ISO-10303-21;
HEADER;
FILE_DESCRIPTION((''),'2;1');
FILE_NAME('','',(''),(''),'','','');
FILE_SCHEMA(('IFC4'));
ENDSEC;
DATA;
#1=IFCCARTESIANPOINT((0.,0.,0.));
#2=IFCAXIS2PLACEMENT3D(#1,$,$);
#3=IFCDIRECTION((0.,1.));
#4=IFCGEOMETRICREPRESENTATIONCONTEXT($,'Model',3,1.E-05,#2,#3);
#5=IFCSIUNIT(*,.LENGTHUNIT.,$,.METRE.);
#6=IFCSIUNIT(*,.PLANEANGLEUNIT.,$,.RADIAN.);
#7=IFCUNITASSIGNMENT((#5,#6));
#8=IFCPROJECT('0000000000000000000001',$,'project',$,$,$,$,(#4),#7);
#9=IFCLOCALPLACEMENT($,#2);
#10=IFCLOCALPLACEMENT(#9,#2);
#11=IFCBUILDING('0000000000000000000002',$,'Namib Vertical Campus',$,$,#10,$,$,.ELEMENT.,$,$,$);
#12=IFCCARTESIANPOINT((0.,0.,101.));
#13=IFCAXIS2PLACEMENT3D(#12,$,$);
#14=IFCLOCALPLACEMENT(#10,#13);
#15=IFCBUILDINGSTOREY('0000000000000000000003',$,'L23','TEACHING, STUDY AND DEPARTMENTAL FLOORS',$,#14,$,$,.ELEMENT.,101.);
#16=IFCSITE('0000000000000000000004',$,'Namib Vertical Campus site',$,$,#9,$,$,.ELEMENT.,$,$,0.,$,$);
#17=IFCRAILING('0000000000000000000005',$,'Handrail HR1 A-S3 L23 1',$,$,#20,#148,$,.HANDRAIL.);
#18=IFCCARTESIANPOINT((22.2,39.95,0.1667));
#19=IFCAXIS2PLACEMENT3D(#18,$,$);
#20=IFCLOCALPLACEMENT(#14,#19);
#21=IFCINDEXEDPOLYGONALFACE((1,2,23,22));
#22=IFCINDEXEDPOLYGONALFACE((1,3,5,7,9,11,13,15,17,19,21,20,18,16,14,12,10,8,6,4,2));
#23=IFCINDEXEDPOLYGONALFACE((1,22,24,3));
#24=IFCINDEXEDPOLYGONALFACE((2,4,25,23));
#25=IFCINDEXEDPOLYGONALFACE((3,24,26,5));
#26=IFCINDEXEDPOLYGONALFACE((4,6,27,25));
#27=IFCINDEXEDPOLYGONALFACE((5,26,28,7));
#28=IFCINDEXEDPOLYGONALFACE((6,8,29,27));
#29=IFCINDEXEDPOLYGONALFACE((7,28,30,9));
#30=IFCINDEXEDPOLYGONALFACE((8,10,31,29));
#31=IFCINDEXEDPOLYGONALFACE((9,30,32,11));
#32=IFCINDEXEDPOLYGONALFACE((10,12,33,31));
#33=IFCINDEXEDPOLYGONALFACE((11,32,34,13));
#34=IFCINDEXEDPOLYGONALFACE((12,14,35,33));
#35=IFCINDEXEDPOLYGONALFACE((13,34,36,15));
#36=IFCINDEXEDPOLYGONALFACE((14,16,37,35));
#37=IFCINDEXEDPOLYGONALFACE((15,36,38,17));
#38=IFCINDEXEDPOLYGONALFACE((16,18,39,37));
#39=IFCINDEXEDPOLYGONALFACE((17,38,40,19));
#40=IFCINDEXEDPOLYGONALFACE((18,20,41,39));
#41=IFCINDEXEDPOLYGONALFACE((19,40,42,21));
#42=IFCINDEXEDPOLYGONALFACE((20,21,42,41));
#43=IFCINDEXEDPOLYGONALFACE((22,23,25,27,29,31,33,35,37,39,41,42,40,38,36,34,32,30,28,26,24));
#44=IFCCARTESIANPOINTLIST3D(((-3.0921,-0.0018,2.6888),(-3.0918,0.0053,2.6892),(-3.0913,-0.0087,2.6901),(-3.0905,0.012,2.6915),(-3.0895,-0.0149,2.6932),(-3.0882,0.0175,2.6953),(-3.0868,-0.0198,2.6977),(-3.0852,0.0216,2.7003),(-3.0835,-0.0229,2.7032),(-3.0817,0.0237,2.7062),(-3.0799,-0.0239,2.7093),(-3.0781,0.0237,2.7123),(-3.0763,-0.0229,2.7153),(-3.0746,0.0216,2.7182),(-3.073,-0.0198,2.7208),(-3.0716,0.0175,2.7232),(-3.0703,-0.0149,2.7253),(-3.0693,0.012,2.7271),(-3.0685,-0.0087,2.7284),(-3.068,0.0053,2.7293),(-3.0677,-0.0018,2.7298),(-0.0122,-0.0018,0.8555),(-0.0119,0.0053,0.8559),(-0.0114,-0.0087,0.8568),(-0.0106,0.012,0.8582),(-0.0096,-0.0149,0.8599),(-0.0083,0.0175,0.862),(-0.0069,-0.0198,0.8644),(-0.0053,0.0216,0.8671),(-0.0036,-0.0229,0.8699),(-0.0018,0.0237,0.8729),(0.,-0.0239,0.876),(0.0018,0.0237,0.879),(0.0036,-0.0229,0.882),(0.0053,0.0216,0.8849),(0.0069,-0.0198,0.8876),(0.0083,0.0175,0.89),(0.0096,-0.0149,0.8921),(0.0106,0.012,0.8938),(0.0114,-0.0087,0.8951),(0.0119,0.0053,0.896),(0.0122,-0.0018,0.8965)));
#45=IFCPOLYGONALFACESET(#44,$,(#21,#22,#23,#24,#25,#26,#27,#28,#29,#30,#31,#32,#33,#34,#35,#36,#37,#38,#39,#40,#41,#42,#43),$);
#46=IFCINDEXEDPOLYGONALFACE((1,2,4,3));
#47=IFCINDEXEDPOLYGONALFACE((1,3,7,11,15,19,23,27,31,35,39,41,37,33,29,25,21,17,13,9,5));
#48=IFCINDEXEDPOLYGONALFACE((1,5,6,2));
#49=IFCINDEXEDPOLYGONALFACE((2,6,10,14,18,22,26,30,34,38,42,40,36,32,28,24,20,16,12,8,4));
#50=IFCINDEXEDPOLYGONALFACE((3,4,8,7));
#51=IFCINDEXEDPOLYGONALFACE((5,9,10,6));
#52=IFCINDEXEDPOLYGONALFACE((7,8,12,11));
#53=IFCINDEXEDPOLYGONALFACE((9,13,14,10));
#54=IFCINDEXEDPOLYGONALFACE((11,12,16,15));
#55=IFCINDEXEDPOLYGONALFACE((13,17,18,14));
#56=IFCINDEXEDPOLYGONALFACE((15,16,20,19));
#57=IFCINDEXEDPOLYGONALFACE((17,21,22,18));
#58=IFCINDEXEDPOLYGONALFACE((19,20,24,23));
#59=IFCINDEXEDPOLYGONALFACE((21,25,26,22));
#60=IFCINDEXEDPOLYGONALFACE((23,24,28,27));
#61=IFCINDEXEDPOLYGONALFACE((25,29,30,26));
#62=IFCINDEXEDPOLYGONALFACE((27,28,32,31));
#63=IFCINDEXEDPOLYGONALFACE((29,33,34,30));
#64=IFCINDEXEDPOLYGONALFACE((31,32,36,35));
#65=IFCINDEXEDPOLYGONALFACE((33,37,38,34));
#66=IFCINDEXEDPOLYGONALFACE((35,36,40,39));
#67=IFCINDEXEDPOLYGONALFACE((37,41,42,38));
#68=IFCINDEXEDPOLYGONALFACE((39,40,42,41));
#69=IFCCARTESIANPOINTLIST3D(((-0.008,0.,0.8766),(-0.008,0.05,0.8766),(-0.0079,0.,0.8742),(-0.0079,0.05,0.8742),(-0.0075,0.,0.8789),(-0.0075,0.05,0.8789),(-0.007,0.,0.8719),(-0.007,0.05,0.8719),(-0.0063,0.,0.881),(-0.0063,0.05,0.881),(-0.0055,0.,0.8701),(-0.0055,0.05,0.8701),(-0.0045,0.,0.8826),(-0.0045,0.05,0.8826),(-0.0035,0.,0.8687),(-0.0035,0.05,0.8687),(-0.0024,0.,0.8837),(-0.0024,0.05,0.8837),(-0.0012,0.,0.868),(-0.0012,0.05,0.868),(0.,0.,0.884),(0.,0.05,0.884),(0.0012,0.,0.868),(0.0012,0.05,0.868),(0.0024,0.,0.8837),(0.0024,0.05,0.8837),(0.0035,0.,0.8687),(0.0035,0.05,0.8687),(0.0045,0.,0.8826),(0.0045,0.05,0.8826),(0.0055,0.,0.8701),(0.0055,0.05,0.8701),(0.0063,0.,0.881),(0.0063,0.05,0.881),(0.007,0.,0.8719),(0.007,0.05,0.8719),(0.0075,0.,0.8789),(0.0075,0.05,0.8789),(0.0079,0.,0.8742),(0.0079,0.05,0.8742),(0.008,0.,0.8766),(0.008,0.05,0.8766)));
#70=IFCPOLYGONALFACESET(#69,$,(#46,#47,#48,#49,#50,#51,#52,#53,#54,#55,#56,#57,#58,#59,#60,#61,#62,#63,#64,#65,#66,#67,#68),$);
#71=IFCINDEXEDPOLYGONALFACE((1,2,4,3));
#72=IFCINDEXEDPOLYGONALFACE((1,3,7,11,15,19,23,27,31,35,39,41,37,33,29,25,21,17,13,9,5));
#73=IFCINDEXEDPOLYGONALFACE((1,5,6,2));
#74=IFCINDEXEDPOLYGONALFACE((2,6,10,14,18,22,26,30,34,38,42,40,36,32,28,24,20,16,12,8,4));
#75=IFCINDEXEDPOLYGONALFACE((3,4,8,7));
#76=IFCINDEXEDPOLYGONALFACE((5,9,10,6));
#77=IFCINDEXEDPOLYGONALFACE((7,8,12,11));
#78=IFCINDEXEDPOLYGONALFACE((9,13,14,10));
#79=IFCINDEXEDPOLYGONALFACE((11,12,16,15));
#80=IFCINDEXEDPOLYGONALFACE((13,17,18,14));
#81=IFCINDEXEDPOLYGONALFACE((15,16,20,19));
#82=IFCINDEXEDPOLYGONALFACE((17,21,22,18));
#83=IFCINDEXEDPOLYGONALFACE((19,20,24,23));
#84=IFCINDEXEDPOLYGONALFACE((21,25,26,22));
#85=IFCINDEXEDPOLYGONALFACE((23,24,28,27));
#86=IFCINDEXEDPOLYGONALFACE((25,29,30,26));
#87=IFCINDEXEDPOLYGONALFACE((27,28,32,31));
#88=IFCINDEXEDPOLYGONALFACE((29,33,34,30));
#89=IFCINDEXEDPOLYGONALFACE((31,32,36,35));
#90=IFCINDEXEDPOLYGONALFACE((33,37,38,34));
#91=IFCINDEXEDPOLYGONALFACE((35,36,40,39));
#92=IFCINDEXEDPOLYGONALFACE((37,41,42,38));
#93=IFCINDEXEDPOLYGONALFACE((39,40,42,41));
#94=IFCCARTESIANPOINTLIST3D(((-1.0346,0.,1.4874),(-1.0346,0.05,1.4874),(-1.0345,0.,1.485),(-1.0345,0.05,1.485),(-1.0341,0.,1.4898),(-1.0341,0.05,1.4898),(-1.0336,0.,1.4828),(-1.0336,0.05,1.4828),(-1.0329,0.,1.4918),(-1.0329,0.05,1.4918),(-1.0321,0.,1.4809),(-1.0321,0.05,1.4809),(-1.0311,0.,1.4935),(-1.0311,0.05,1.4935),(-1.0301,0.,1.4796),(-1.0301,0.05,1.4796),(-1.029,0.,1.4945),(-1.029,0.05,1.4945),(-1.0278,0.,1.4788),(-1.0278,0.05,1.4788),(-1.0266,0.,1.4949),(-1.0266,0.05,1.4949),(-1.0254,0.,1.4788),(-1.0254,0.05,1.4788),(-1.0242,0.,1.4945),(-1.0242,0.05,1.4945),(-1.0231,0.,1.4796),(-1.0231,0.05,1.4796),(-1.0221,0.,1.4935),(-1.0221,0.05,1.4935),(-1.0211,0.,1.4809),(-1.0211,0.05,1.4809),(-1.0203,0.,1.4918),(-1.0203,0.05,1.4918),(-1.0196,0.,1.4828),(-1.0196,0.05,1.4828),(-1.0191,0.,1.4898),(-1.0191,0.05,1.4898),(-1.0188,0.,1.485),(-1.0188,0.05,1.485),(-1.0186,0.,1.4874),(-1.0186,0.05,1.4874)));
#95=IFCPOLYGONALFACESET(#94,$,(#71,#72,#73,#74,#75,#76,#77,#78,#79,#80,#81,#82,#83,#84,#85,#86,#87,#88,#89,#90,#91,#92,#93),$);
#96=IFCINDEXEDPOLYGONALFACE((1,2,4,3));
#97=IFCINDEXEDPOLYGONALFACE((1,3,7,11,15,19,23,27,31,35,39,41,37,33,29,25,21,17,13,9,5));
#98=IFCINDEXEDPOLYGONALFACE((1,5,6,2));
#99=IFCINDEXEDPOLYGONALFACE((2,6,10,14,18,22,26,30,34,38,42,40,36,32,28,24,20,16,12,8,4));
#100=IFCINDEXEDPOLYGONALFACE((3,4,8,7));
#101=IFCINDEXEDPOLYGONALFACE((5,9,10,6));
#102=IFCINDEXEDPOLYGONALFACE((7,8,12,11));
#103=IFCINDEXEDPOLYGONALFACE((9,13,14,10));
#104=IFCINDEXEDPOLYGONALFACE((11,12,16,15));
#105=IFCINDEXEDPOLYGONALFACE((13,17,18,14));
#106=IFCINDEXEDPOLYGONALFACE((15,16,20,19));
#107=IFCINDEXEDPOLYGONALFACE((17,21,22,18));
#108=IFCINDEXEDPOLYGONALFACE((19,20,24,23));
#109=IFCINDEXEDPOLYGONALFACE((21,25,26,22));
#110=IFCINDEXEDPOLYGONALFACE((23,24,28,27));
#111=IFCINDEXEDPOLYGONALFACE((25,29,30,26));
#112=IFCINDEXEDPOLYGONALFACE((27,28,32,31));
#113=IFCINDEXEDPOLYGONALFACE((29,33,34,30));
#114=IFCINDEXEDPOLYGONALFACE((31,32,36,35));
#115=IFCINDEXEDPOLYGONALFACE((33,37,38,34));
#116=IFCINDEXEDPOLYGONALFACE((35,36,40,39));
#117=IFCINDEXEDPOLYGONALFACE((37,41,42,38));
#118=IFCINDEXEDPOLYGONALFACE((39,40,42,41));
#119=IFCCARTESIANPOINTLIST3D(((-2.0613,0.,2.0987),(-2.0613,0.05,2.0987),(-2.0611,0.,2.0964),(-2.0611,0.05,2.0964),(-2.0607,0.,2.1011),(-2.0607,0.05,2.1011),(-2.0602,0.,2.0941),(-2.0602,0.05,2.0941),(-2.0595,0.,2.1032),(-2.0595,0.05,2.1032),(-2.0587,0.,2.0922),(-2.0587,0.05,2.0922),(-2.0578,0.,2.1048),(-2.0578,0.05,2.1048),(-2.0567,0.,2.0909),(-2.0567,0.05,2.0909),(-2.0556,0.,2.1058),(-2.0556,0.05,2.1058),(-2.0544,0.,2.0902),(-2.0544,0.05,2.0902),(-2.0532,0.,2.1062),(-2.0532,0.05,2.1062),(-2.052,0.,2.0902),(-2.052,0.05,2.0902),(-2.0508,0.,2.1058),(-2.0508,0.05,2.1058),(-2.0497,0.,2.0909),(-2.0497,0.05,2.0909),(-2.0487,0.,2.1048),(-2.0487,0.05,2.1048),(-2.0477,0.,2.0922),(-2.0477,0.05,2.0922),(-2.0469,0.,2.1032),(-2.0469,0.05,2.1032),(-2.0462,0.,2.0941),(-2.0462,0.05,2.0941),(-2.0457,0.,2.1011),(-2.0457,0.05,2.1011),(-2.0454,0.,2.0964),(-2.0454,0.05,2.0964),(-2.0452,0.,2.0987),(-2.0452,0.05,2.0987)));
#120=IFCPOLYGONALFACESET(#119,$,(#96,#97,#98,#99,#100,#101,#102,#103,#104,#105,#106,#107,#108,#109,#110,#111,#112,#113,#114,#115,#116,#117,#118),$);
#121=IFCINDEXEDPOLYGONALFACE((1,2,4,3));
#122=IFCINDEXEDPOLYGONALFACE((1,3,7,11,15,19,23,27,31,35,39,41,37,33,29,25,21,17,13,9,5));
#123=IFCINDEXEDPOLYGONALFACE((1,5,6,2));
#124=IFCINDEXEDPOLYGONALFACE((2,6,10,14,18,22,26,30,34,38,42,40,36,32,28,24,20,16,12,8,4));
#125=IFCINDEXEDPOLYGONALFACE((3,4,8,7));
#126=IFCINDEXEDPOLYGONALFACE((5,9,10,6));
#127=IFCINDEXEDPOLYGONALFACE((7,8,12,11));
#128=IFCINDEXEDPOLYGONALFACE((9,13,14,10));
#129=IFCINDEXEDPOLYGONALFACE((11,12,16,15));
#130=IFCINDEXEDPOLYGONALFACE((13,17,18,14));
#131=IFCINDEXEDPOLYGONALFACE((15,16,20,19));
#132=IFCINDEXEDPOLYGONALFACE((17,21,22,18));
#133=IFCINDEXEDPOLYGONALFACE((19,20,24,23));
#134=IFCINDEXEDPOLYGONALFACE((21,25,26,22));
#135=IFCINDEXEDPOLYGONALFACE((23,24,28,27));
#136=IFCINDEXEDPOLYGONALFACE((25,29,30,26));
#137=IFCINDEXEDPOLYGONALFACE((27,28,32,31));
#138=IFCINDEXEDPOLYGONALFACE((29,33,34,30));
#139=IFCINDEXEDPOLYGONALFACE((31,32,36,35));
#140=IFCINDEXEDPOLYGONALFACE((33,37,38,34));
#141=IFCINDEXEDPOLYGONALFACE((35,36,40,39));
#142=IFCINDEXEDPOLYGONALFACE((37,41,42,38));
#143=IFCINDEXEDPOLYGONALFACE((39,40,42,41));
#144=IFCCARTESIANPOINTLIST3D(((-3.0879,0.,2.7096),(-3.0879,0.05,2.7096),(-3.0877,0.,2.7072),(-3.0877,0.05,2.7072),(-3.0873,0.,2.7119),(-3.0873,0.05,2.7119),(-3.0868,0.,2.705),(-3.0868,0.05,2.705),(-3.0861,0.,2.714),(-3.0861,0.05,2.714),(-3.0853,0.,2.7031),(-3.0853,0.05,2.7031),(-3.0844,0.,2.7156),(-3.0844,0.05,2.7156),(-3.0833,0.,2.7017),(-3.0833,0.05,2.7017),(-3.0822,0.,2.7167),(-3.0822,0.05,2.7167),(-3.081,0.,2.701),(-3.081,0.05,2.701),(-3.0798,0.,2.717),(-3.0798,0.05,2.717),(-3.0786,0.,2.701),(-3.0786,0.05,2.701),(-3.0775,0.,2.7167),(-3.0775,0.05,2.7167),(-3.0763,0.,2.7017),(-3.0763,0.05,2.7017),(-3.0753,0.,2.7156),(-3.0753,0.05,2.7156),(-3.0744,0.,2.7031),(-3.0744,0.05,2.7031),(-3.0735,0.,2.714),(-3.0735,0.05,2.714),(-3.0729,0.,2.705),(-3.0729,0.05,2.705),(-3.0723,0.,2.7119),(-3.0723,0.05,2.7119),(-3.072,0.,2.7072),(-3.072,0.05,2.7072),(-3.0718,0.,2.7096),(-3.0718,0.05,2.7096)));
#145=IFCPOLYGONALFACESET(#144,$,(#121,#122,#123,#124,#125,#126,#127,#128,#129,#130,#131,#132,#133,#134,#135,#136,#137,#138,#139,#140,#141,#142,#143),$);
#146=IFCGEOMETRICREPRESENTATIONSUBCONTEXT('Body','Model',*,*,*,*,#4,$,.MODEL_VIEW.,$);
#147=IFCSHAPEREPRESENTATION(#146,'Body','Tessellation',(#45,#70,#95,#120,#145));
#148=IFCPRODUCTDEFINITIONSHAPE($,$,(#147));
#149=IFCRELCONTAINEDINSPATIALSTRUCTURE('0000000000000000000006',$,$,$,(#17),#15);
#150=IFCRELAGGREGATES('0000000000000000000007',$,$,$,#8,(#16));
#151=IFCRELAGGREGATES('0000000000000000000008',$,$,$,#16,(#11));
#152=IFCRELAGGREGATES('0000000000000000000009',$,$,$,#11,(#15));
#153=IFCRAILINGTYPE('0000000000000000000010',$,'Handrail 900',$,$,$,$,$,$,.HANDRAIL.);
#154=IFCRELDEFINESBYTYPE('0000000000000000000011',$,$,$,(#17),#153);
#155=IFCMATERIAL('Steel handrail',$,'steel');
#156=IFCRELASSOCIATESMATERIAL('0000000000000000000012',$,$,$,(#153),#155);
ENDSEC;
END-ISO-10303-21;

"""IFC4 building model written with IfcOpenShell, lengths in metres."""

from ifc_helpers import new_model, si_unit, direction, frame, origin, origin_2d, place, context, subcontext, project, spatial, circle, extrude, material, type_object, element, save


model = new_model("IFC4")

# Units and contexts
model_context = context("Model", 3, precision=1e-05, world=origin(), true_north=direction((0.0, 1.0)))
body_context = subcontext(model_context, "Body", "Model", "MODEL_VIEW")
ifc_project = project(units=[si_unit("LENGTHUNIT", "METRE"), si_unit("PLANEANGLEUNIT", "RADIAN")], contexts=[model_context])

# Site, building, storey
site_placement = place(None, origin())
site = spatial("IfcSite", under=ifc_project, at=site_placement, Name="Namib Vertical Campus site", CompositionType="ELEMENT", RefElevation=0.0)
building_placement = place(site_placement, origin())
building = spatial("IfcBuilding", under=site, at=building_placement, Name="Namib Vertical Campus", CompositionType="ELEMENT")
storey_placement = place(building_placement, frame((0.0, 0.0, 101.0)))
storey = spatial("IfcBuildingStorey", under=building, at=storey_placement, Name="L23", Description="TEACHING, STUDY AND DEPARTMENTAL FLOORS", CompositionType="ELEMENT", Elevation=101.0)

# Railing
ifc_material_1 = material(Name="Steel handrail", Category="steel")
railing_type_1 = type_object("IfcRailingType", Name="Handrail 900", PredefinedType="HANDRAIL", material=ifc_material_1)
railing_1_placement = place(storey_placement, frame((22.2, 39.95, 0.1667)))
element("IfcRailing", 1, at=railing_1_placement, inside=storey, type_object=railing_type_1, Name="Handrail HR1 A-S3 L23 1", PredefinedType="HANDRAIL", context=body_context, shape_type="SweptSolid", body=[
    extrude(circle(Radius=0.0239, at=origin_2d()), frame((0.0, 0.0, 0.876), z_axis=(-0.859291, 0.0, 0.511487), x_axis=(0.0, -1.0, 0.0)), (0.0, 0.0, 1.0), 3.5842),
    extrude(circle(Radius=0.0081, at=origin_2d()), frame((0.0, 0.0, 0.876), z_axis=(0.0, 1.0, 0.0), x_axis=(0.0, 0.0, 1.0)), (0.0, 0.0, 1.0), 0.05),
    extrude(circle(Radius=0.0081, at=origin_2d()), frame((-1.0266, 0.0, 1.4868), z_axis=(0.0, 1.0, 0.0), x_axis=(0.0, 0.0, 1.0)), (0.0, 0.0, 1.0), 0.05),
    extrude(circle(Radius=0.0081, at=origin_2d()), frame((-2.0532, 0.0, 2.0981), z_axis=(0.0, 1.0, 0.0), x_axis=(0.0, 0.0, 1.0)), (0.0, 0.0, 1.0), 0.05),
    extrude(circle(Radius=0.0081, at=origin_2d()), frame((-3.0798, 0.0, 2.709), z_axis=(0.0, 1.0, 0.0), x_axis=(0.0, 0.0, 1.0)), (0.0, 0.0, 1.0), 0.05),
])

save(model, "model.ifc")
